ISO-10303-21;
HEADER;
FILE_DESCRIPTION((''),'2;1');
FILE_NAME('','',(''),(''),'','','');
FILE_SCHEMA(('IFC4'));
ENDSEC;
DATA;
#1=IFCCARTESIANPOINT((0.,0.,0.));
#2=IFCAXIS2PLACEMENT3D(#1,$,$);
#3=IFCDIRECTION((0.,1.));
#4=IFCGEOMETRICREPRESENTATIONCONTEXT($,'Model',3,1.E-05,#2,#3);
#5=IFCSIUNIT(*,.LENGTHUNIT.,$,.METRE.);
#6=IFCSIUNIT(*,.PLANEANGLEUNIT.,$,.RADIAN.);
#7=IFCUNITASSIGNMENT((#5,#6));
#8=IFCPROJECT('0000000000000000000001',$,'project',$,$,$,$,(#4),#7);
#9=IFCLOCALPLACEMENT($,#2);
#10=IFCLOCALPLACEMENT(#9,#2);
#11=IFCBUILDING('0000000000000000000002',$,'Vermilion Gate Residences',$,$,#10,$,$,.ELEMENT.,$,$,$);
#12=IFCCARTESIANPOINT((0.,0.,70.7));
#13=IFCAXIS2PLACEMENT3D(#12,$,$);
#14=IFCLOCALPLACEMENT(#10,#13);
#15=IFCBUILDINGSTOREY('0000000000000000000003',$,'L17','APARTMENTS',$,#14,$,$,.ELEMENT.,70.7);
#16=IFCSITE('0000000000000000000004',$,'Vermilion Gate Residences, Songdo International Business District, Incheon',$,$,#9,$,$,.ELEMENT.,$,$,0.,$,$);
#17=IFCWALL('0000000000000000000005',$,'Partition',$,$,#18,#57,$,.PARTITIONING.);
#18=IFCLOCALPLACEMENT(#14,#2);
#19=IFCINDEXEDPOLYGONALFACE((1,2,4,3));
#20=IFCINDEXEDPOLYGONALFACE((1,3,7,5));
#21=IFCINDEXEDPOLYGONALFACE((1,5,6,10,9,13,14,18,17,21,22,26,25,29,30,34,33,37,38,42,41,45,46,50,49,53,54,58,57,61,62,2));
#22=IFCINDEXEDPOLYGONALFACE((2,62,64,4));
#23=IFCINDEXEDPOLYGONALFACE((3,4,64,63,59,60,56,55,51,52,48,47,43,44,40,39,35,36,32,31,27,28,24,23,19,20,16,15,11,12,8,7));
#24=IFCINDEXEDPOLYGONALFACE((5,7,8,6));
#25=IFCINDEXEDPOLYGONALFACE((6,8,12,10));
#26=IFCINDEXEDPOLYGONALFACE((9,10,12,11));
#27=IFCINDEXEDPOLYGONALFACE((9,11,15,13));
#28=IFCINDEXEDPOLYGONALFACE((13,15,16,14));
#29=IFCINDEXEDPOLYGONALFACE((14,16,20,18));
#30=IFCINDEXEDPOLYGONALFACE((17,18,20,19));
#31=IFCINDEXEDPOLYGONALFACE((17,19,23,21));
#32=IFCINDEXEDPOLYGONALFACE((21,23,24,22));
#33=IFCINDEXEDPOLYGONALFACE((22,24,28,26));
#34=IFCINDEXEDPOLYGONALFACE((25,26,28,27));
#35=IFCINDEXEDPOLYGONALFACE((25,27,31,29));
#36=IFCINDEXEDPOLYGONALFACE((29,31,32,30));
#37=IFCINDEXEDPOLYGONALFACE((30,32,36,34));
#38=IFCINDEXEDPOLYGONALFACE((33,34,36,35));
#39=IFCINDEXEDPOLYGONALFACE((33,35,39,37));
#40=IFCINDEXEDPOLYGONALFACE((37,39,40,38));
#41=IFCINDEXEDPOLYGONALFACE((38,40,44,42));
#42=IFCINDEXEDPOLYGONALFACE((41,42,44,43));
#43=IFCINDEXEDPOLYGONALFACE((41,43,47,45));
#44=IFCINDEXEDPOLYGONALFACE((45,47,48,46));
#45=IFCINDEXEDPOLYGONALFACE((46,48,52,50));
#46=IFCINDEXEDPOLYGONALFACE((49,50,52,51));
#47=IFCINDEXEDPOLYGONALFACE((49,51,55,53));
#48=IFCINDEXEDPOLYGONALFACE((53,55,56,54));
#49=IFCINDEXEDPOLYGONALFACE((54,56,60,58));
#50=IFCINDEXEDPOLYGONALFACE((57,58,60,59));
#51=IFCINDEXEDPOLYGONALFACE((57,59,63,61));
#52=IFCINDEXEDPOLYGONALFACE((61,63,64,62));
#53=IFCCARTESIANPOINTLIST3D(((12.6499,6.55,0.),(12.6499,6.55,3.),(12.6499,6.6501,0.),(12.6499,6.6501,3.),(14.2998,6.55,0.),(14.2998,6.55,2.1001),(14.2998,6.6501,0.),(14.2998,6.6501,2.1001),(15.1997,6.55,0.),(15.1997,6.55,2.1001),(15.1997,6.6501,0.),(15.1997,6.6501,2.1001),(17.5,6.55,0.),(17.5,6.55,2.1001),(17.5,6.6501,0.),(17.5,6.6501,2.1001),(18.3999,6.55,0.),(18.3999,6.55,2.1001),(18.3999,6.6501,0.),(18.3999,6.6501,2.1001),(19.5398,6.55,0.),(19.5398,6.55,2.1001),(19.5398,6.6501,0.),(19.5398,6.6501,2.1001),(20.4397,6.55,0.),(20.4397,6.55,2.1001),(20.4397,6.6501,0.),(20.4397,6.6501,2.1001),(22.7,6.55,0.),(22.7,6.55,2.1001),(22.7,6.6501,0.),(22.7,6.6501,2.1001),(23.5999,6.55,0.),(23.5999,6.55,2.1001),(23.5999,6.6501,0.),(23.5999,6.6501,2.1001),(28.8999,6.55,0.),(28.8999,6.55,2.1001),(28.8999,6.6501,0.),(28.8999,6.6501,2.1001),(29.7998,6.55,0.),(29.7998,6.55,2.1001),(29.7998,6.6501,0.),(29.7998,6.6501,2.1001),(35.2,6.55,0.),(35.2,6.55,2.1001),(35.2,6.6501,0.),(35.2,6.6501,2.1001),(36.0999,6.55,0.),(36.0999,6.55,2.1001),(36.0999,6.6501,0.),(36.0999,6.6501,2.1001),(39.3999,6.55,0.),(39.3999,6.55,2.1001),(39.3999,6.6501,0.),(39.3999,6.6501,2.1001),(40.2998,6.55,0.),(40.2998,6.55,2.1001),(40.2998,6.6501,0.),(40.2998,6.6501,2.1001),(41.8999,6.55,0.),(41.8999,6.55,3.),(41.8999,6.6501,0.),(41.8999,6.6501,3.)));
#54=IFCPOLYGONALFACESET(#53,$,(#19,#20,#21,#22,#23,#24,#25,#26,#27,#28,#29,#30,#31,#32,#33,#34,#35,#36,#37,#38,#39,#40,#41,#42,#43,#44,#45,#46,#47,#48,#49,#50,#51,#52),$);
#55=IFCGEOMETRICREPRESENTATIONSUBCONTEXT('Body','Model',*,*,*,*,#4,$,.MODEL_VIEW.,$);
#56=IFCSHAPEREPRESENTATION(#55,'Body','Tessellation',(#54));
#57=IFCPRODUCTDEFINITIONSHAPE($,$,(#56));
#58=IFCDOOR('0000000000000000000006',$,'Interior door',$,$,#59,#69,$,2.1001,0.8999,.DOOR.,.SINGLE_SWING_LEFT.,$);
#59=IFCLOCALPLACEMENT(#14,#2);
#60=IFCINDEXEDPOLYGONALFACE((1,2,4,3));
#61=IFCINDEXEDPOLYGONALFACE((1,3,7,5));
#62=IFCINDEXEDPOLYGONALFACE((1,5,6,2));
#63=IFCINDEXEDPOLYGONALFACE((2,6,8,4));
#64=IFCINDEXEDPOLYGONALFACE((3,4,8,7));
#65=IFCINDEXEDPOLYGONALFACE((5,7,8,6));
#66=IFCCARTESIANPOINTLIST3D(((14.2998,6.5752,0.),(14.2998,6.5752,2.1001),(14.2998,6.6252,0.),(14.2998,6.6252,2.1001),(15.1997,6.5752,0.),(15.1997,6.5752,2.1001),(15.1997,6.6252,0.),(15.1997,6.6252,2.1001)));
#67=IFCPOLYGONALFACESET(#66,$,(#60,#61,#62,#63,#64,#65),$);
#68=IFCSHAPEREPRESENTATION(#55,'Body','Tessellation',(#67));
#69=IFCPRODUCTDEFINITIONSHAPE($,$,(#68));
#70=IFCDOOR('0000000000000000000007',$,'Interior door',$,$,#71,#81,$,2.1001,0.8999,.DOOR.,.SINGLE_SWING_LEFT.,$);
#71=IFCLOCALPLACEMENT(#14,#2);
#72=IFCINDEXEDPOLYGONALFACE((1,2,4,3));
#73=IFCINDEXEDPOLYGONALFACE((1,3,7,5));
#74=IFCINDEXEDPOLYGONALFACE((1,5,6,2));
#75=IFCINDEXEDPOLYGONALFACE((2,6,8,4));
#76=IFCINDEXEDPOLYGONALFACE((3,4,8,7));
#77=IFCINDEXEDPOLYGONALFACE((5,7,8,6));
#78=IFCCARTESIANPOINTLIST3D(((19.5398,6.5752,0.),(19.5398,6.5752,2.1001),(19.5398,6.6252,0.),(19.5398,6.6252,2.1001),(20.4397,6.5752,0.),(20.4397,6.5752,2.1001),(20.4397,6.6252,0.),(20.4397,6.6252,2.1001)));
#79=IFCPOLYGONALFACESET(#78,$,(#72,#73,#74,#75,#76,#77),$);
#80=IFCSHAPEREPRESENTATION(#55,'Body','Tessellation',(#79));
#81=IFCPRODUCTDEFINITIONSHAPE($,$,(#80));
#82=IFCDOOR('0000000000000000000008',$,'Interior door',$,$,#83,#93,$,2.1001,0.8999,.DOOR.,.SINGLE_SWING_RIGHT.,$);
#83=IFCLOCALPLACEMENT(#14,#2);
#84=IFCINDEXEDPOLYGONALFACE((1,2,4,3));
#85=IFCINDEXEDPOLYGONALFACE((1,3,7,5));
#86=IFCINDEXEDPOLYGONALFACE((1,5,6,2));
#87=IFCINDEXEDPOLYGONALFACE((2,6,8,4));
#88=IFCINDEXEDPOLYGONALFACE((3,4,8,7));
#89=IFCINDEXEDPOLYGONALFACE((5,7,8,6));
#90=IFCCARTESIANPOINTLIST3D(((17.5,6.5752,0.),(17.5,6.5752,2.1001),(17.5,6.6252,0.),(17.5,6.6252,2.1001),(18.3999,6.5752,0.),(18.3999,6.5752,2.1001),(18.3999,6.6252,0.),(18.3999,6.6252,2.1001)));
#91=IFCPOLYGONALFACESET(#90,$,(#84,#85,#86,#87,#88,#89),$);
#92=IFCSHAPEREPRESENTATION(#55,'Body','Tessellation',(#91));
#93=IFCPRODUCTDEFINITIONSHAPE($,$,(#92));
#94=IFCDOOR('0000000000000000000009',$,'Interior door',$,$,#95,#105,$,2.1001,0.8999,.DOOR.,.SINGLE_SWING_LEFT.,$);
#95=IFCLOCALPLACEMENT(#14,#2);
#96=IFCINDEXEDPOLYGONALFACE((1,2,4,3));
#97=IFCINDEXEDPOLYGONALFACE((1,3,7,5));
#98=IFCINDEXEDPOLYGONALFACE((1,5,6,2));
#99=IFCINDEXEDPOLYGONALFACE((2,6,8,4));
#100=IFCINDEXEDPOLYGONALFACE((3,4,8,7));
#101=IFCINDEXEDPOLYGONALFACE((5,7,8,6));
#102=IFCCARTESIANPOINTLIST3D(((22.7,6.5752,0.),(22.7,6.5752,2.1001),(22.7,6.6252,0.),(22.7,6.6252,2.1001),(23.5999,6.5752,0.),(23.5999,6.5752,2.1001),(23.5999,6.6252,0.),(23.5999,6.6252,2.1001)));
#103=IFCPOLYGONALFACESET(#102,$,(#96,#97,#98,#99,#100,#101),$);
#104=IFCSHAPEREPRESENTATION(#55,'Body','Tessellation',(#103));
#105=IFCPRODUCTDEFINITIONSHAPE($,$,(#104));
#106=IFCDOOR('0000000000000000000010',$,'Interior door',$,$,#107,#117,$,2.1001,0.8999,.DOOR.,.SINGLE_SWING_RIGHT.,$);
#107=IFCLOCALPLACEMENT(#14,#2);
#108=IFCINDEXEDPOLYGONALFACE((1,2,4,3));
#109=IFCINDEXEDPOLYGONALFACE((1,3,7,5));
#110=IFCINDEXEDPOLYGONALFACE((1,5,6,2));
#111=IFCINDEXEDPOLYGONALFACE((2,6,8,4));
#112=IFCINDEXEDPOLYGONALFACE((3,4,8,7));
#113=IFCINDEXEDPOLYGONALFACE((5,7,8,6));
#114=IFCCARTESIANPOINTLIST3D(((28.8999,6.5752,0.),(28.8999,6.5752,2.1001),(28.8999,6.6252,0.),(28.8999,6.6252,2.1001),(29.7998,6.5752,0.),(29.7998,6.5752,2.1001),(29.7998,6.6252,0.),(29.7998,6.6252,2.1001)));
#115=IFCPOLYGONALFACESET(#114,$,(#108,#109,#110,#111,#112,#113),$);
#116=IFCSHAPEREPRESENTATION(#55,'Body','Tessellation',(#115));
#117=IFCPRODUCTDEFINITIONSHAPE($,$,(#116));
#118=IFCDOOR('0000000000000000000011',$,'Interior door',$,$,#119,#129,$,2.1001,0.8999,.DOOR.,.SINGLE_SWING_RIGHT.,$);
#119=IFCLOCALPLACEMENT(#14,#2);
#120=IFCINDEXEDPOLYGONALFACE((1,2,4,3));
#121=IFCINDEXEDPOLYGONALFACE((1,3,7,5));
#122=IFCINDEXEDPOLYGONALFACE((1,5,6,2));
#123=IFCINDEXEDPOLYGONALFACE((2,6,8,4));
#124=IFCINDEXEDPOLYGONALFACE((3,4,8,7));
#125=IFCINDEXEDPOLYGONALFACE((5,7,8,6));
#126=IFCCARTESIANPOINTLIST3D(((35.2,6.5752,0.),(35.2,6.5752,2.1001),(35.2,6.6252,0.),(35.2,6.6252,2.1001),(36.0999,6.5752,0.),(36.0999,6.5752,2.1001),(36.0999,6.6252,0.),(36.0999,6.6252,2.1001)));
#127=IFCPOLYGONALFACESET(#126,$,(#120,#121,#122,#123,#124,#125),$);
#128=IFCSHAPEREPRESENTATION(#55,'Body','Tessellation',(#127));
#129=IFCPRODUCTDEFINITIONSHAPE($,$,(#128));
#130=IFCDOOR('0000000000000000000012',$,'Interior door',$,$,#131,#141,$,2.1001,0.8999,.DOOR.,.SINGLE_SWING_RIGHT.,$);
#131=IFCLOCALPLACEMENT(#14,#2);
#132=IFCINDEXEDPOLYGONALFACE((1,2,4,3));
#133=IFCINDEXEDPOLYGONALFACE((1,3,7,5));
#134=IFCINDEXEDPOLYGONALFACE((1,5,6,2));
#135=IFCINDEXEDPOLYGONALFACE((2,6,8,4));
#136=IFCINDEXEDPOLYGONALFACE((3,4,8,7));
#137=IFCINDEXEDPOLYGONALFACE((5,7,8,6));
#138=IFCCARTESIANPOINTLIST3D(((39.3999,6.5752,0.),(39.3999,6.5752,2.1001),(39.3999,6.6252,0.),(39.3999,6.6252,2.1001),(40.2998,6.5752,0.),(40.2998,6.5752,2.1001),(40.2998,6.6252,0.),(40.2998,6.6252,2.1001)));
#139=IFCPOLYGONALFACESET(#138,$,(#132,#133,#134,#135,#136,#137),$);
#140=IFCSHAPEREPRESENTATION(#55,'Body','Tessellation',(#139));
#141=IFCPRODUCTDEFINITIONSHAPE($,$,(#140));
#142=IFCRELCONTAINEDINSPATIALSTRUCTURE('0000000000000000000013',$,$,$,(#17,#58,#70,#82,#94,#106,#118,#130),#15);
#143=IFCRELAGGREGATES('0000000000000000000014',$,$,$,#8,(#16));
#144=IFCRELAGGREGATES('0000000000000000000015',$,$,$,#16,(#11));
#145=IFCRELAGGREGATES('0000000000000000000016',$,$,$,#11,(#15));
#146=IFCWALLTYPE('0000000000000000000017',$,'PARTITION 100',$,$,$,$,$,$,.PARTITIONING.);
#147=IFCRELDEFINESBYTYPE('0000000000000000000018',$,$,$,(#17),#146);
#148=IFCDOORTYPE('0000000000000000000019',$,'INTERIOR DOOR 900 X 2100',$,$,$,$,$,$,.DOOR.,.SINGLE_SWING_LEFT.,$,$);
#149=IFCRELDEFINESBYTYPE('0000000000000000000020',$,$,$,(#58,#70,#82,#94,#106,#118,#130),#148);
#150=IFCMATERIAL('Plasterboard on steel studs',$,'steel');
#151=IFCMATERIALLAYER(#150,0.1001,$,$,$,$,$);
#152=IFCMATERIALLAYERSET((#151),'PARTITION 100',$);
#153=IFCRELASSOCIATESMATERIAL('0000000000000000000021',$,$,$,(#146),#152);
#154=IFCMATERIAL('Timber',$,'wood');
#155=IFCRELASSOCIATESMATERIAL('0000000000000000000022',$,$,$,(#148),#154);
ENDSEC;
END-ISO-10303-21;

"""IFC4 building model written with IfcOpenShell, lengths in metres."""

from ifc_helpers import new_model, si_unit, direction, frame, frame_2d, origin, place, context, subcontext, project, spatial, rectangle, extrude, material, layer, layer_set, type_object, element, fill, save


model = new_model("IFC4")

# Units and contexts
model_context = context("Model", 3, precision=1e-05, world=origin(), true_north=direction((0.0, 1.0)))
body_context = subcontext(model_context, "Body", "Model", "MODEL_VIEW")
ifc_project = project(units=[si_unit("LENGTHUNIT", "METRE"), si_unit("PLANEANGLEUNIT", "RADIAN")], contexts=[model_context])

# Site, building, storey
site_placement = place(None, origin())
site = spatial("IfcSite", under=ifc_project, at=site_placement, Name="Vermilion Gate Residences, Songdo International Business District, Incheon", CompositionType="ELEMENT", RefElevation=0.0)
building_placement = place(site_placement, origin())
building = spatial("IfcBuilding", under=site, at=building_placement, Name="Vermilion Gate Residences", CompositionType="ELEMENT")
storey_placement = place(building_placement, frame((0.0, 0.0, 70.7)))
storey = spatial("IfcBuildingStorey", under=building, at=storey_placement, Name="L17", Description="APARTMENTS", CompositionType="ELEMENT", Elevation=70.7)

# Shared definitions
ifc_material_1 = material(Name="Plasterboard on steel studs", Category="steel")
ifc_layer_1 = layer(ifc_material_1, 0.1001)
ifc_layer_set_1 = layer_set([ifc_layer_1], Name="PARTITION 100")
wall_type_1 = type_object("IfcWallType", Name="PARTITION 100", PredefinedType="PARTITIONING", material=ifc_layer_set_1)
ifc_material_2 = material(Name="Timber", Category="wood")
door_type = type_object("IfcDoorType", Name="INTERIOR DOOR 900 X 2100", OperationType="SINGLE_SWING_LEFT", PredefinedType="DOOR", material=ifc_material_2)

# Wall, openings, doors
wall_1_placement = place(storey_placement, frame((12.6499, 6.6001, 0.0), z_axis=(0.0, 0.0, 1.0), x_axis=(1.0, 0.0, 0.0)))
wall_1 = element("IfcWall", 1, at=wall_1_placement, inside=storey, type_object=wall_type_1, Name="Partition", PredefinedType="PARTITIONING", context=body_context, shape_type="SweptSolid", body=[
    extrude(rectangle(XDim=29.25, YDim=0.1001, at=frame_2d((14.625, 0.0))), origin(), (0.0, 0.0, 1.0), 3.0),
])
opening_1_placement = place(wall_1_placement, frame((1.6499, 0.0, 0.0)))
opening_1 = element("IfcOpeningElement", 2, at=opening_1_placement, cuts=wall_1, PredefinedType="OPENING", context=body_context, shape_type="SweptSolid", body=[
    extrude(rectangle(XDim=0.8999, YDim=2.1001, at=frame_2d((0.45, 1.05))), frame((0.0, 0.0601, 0.0), z_axis=(0.0, -1.0, 0.0), x_axis=(1.0, 0.0, 0.0)), (0.0, 0.0, 1.0), 0.1201),
])
opening_2_placement = place(wall_1_placement, frame((6.8899, 0.0, 0.0)))
opening_2 = element("IfcOpeningElement", 3, at=opening_2_placement, cuts=wall_1, PredefinedType="OPENING", context=body_context, shape_type="SweptSolid", body=[
    extrude(rectangle(XDim=0.8999, YDim=2.1001, at=frame_2d((0.45, 1.05))), frame((0.0, 0.0601, 0.0), z_axis=(0.0, -1.0, 0.0), x_axis=(1.0, 0.0, 0.0)), (0.0, 0.0, 1.0), 0.1201),
])
opening_3_placement = place(wall_1_placement, frame((4.8501, 0.0, 0.0)))
opening_3 = element("IfcOpeningElement", 4, at=opening_3_placement, cuts=wall_1, PredefinedType="OPENING", context=body_context, shape_type="SweptSolid", body=[
    extrude(rectangle(XDim=0.8999, YDim=2.1001, at=frame_2d((0.45, 1.05))), frame((0.0, 0.0601, 0.0), z_axis=(0.0, -1.0, 0.0), x_axis=(1.0, 0.0, 0.0)), (0.0, 0.0, 1.0), 0.1201),
])
opening_4_placement = place(wall_1_placement, frame((10.05, 0.0, 0.0)))
opening_4 = element("IfcOpeningElement", 5, at=opening_4_placement, cuts=wall_1, PredefinedType="OPENING", context=body_context, shape_type="SweptSolid", body=[
    extrude(rectangle(XDim=0.8999, YDim=2.1001, at=frame_2d((0.45, 1.05))), frame((0.0, 0.0601, 0.0), z_axis=(0.0, -1.0, 0.0), x_axis=(1.0, 0.0, 0.0)), (0.0, 0.0, 1.0), 0.1201),
])
opening_5_placement = place(wall_1_placement, frame((16.25, 0.0, 0.0)))
opening_5 = element("IfcOpeningElement", 6, at=opening_5_placement, cuts=wall_1, PredefinedType="OPENING", context=body_context, shape_type="SweptSolid", body=[
    extrude(rectangle(XDim=0.8999, YDim=2.1001, at=frame_2d((0.45, 1.05))), frame((0.0, 0.0601, 0.0), z_axis=(0.0, -1.0, 0.0), x_axis=(1.0, 0.0, 0.0)), (0.0, 0.0, 1.0), 0.1201),
])
opening_6_placement = place(wall_1_placement, frame((22.55, 0.0, 0.0)))
opening_6 = element("IfcOpeningElement", 7, at=opening_6_placement, cuts=wall_1, PredefinedType="OPENING", context=body_context, shape_type="SweptSolid", body=[
    extrude(rectangle(XDim=0.8999, YDim=2.1001, at=frame_2d((0.45, 1.05))), frame((0.0, 0.0601, 0.0), z_axis=(0.0, -1.0, 0.0), x_axis=(1.0, 0.0, 0.0)), (0.0, 0.0, 1.0), 0.1201),
])
opening_7_placement = place(wall_1_placement, frame((26.75, 0.0, 0.0)))
opening_7 = element("IfcOpeningElement", 8, at=opening_7_placement, cuts=wall_1, PredefinedType="OPENING", context=body_context, shape_type="SweptSolid", body=[
    extrude(rectangle(XDim=0.8999, YDim=2.1001, at=frame_2d((0.45, 1.05))), frame((0.0, 0.0601, 0.0), z_axis=(0.0, -1.0, 0.0), x_axis=(1.0, 0.0, 0.0)), (0.0, 0.0, 1.0), 0.1201),
])
door_1_placement = place(opening_1_placement, frame((0.8999, 0.0, 0.0), z_axis=(0.0, 0.0, 1.0), x_axis=(-1.0, 0.0, 0.0)))
door_1 = element("IfcDoor", 9, at=door_1_placement, inside=storey, type_object=door_type, Name="Interior door", OperationType="SINGLE_SWING_LEFT", OverallHeight=2.1001, OverallWidth=0.8999, PredefinedType="DOOR", context=body_context, shape_type="SweptSolid", body=[
    extrude(rectangle(XDim=0.8999, YDim=2.1001, at=frame_2d((0.45, 1.05))), frame((0.0, 0.0249, 0.0), z_axis=(0.0, -1.0, 0.0), x_axis=(1.0, 0.0, 0.0)), (0.0, 0.0, 1.0), 0.05),
])
fill(opening_1, door_1)
door_2_placement = place(opening_2_placement, frame((0.8999, 0.0, 0.0), z_axis=(0.0, 0.0, 1.0), x_axis=(-1.0, 0.0, 0.0)))
door_2 = element("IfcDoor", 10, at=door_2_placement, inside=storey, type_object=door_type, Name="Interior door", OperationType="SINGLE_SWING_LEFT", OverallHeight=2.1001, OverallWidth=0.8999, PredefinedType="DOOR", context=body_context, shape_type="SweptSolid", body=[
    extrude(rectangle(XDim=0.8999, YDim=2.1001, at=frame_2d((0.45, 1.05))), frame((0.0, 0.0249, 0.0), z_axis=(0.0, -1.0, 0.0), x_axis=(1.0, 0.0, 0.0)), (0.0, 0.0, 1.0), 0.05),
])
fill(opening_2, door_2)
door_3_placement = place(opening_3_placement, frame((0.8999, 0.0, 0.0), z_axis=(0.0, 0.0, 1.0), x_axis=(-1.0, 0.0, 0.0)))
door_3 = element("IfcDoor", 11, at=door_3_placement, inside=storey, type_object=door_type, Name="Interior door", OperationType="SINGLE_SWING_RIGHT", OverallHeight=2.1001, OverallWidth=0.8999, PredefinedType="DOOR", context=body_context, shape_type="SweptSolid", body=[
    extrude(rectangle(XDim=0.8999, YDim=2.1001, at=frame_2d((0.45, 1.05))), frame((0.0, 0.0249, 0.0), z_axis=(0.0, -1.0, 0.0), x_axis=(1.0, 0.0, 0.0)), (0.0, 0.0, 1.0), 0.05),
])
fill(opening_3, door_3)
door_4_placement = place(opening_4_placement, frame((0.8999, 0.0, 0.0), z_axis=(0.0, 0.0, 1.0), x_axis=(-1.0, 0.0, 0.0)))
door_4 = element("IfcDoor", 12, at=door_4_placement, inside=storey, type_object=door_type, Name="Interior door", OperationType="SINGLE_SWING_LEFT", OverallHeight=2.1001, OverallWidth=0.8999, PredefinedType="DOOR", context=body_context, shape_type="SweptSolid", body=[
    extrude(rectangle(XDim=0.8999, YDim=2.1001, at=frame_2d((0.45, 1.05))), frame((0.0, 0.0249, 0.0), z_axis=(0.0, -1.0, 0.0), x_axis=(1.0, 0.0, 0.0)), (0.0, 0.0, 1.0), 0.05),
])
fill(opening_4, door_4)
door_5_placement = place(opening_5_placement, frame((0.8999, 0.0, 0.0), z_axis=(0.0, 0.0, 1.0), x_axis=(-1.0, 0.0, 0.0)))
door_5 = element("IfcDoor", 13, at=door_5_placement, inside=storey, type_object=door_type, Name="Interior door", OperationType="SINGLE_SWING_RIGHT", OverallHeight=2.1001, OverallWidth=0.8999, PredefinedType="DOOR", context=body_context, shape_type="SweptSolid", body=[
    extrude(rectangle(XDim=0.8999, YDim=2.1001, at=frame_2d((0.45, 1.05))), frame((0.0, 0.0249, 0.0), z_axis=(0.0, -1.0, 0.0), x_axis=(1.0, 0.0, 0.0)), (0.0, 0.0, 1.0), 0.05),
])
fill(opening_5, door_5)
door_6_placement = place(opening_6_placement, frame((0.8999, 0.0, 0.0), z_axis=(0.0, 0.0, 1.0), x_axis=(-1.0, 0.0, 0.0)))
door_6 = element("IfcDoor", 14, at=door_6_placement, inside=storey, type_object=door_type, Name="Interior door", OperationType="SINGLE_SWING_RIGHT", OverallHeight=2.1001, OverallWidth=0.8999, PredefinedType="DOOR", context=body_context, shape_type="SweptSolid", body=[
    extrude(rectangle(XDim=0.8999, YDim=2.1001, at=frame_2d((0.45, 1.05))), frame((0.0, 0.0249, 0.0), z_axis=(0.0, -1.0, 0.0), x_axis=(1.0, 0.0, 0.0)), (0.0, 0.0, 1.0), 0.05),
])
fill(opening_6, door_6)
door_7_placement = place(opening_7_placement, frame((0.8999, 0.0, 0.0), z_axis=(0.0, 0.0, 1.0), x_axis=(-1.0, 0.0, 0.0)))
door_7 = element("IfcDoor", 15, at=door_7_placement, inside=storey, type_object=door_type, Name="Interior door", OperationType="SINGLE_SWING_RIGHT", OverallHeight=2.1001, OverallWidth=0.8999, PredefinedType="DOOR", context=body_context, shape_type="SweptSolid", body=[
    extrude(rectangle(XDim=0.8999, YDim=2.1001, at=frame_2d((0.45, 1.05))), frame((0.0, 0.0249, 0.0), z_axis=(0.0, -1.0, 0.0), x_axis=(1.0, 0.0, 0.0)), (0.0, 0.0, 1.0), 0.05),
])
fill(opening_7, door_7)

save(model, "model.ifc")
